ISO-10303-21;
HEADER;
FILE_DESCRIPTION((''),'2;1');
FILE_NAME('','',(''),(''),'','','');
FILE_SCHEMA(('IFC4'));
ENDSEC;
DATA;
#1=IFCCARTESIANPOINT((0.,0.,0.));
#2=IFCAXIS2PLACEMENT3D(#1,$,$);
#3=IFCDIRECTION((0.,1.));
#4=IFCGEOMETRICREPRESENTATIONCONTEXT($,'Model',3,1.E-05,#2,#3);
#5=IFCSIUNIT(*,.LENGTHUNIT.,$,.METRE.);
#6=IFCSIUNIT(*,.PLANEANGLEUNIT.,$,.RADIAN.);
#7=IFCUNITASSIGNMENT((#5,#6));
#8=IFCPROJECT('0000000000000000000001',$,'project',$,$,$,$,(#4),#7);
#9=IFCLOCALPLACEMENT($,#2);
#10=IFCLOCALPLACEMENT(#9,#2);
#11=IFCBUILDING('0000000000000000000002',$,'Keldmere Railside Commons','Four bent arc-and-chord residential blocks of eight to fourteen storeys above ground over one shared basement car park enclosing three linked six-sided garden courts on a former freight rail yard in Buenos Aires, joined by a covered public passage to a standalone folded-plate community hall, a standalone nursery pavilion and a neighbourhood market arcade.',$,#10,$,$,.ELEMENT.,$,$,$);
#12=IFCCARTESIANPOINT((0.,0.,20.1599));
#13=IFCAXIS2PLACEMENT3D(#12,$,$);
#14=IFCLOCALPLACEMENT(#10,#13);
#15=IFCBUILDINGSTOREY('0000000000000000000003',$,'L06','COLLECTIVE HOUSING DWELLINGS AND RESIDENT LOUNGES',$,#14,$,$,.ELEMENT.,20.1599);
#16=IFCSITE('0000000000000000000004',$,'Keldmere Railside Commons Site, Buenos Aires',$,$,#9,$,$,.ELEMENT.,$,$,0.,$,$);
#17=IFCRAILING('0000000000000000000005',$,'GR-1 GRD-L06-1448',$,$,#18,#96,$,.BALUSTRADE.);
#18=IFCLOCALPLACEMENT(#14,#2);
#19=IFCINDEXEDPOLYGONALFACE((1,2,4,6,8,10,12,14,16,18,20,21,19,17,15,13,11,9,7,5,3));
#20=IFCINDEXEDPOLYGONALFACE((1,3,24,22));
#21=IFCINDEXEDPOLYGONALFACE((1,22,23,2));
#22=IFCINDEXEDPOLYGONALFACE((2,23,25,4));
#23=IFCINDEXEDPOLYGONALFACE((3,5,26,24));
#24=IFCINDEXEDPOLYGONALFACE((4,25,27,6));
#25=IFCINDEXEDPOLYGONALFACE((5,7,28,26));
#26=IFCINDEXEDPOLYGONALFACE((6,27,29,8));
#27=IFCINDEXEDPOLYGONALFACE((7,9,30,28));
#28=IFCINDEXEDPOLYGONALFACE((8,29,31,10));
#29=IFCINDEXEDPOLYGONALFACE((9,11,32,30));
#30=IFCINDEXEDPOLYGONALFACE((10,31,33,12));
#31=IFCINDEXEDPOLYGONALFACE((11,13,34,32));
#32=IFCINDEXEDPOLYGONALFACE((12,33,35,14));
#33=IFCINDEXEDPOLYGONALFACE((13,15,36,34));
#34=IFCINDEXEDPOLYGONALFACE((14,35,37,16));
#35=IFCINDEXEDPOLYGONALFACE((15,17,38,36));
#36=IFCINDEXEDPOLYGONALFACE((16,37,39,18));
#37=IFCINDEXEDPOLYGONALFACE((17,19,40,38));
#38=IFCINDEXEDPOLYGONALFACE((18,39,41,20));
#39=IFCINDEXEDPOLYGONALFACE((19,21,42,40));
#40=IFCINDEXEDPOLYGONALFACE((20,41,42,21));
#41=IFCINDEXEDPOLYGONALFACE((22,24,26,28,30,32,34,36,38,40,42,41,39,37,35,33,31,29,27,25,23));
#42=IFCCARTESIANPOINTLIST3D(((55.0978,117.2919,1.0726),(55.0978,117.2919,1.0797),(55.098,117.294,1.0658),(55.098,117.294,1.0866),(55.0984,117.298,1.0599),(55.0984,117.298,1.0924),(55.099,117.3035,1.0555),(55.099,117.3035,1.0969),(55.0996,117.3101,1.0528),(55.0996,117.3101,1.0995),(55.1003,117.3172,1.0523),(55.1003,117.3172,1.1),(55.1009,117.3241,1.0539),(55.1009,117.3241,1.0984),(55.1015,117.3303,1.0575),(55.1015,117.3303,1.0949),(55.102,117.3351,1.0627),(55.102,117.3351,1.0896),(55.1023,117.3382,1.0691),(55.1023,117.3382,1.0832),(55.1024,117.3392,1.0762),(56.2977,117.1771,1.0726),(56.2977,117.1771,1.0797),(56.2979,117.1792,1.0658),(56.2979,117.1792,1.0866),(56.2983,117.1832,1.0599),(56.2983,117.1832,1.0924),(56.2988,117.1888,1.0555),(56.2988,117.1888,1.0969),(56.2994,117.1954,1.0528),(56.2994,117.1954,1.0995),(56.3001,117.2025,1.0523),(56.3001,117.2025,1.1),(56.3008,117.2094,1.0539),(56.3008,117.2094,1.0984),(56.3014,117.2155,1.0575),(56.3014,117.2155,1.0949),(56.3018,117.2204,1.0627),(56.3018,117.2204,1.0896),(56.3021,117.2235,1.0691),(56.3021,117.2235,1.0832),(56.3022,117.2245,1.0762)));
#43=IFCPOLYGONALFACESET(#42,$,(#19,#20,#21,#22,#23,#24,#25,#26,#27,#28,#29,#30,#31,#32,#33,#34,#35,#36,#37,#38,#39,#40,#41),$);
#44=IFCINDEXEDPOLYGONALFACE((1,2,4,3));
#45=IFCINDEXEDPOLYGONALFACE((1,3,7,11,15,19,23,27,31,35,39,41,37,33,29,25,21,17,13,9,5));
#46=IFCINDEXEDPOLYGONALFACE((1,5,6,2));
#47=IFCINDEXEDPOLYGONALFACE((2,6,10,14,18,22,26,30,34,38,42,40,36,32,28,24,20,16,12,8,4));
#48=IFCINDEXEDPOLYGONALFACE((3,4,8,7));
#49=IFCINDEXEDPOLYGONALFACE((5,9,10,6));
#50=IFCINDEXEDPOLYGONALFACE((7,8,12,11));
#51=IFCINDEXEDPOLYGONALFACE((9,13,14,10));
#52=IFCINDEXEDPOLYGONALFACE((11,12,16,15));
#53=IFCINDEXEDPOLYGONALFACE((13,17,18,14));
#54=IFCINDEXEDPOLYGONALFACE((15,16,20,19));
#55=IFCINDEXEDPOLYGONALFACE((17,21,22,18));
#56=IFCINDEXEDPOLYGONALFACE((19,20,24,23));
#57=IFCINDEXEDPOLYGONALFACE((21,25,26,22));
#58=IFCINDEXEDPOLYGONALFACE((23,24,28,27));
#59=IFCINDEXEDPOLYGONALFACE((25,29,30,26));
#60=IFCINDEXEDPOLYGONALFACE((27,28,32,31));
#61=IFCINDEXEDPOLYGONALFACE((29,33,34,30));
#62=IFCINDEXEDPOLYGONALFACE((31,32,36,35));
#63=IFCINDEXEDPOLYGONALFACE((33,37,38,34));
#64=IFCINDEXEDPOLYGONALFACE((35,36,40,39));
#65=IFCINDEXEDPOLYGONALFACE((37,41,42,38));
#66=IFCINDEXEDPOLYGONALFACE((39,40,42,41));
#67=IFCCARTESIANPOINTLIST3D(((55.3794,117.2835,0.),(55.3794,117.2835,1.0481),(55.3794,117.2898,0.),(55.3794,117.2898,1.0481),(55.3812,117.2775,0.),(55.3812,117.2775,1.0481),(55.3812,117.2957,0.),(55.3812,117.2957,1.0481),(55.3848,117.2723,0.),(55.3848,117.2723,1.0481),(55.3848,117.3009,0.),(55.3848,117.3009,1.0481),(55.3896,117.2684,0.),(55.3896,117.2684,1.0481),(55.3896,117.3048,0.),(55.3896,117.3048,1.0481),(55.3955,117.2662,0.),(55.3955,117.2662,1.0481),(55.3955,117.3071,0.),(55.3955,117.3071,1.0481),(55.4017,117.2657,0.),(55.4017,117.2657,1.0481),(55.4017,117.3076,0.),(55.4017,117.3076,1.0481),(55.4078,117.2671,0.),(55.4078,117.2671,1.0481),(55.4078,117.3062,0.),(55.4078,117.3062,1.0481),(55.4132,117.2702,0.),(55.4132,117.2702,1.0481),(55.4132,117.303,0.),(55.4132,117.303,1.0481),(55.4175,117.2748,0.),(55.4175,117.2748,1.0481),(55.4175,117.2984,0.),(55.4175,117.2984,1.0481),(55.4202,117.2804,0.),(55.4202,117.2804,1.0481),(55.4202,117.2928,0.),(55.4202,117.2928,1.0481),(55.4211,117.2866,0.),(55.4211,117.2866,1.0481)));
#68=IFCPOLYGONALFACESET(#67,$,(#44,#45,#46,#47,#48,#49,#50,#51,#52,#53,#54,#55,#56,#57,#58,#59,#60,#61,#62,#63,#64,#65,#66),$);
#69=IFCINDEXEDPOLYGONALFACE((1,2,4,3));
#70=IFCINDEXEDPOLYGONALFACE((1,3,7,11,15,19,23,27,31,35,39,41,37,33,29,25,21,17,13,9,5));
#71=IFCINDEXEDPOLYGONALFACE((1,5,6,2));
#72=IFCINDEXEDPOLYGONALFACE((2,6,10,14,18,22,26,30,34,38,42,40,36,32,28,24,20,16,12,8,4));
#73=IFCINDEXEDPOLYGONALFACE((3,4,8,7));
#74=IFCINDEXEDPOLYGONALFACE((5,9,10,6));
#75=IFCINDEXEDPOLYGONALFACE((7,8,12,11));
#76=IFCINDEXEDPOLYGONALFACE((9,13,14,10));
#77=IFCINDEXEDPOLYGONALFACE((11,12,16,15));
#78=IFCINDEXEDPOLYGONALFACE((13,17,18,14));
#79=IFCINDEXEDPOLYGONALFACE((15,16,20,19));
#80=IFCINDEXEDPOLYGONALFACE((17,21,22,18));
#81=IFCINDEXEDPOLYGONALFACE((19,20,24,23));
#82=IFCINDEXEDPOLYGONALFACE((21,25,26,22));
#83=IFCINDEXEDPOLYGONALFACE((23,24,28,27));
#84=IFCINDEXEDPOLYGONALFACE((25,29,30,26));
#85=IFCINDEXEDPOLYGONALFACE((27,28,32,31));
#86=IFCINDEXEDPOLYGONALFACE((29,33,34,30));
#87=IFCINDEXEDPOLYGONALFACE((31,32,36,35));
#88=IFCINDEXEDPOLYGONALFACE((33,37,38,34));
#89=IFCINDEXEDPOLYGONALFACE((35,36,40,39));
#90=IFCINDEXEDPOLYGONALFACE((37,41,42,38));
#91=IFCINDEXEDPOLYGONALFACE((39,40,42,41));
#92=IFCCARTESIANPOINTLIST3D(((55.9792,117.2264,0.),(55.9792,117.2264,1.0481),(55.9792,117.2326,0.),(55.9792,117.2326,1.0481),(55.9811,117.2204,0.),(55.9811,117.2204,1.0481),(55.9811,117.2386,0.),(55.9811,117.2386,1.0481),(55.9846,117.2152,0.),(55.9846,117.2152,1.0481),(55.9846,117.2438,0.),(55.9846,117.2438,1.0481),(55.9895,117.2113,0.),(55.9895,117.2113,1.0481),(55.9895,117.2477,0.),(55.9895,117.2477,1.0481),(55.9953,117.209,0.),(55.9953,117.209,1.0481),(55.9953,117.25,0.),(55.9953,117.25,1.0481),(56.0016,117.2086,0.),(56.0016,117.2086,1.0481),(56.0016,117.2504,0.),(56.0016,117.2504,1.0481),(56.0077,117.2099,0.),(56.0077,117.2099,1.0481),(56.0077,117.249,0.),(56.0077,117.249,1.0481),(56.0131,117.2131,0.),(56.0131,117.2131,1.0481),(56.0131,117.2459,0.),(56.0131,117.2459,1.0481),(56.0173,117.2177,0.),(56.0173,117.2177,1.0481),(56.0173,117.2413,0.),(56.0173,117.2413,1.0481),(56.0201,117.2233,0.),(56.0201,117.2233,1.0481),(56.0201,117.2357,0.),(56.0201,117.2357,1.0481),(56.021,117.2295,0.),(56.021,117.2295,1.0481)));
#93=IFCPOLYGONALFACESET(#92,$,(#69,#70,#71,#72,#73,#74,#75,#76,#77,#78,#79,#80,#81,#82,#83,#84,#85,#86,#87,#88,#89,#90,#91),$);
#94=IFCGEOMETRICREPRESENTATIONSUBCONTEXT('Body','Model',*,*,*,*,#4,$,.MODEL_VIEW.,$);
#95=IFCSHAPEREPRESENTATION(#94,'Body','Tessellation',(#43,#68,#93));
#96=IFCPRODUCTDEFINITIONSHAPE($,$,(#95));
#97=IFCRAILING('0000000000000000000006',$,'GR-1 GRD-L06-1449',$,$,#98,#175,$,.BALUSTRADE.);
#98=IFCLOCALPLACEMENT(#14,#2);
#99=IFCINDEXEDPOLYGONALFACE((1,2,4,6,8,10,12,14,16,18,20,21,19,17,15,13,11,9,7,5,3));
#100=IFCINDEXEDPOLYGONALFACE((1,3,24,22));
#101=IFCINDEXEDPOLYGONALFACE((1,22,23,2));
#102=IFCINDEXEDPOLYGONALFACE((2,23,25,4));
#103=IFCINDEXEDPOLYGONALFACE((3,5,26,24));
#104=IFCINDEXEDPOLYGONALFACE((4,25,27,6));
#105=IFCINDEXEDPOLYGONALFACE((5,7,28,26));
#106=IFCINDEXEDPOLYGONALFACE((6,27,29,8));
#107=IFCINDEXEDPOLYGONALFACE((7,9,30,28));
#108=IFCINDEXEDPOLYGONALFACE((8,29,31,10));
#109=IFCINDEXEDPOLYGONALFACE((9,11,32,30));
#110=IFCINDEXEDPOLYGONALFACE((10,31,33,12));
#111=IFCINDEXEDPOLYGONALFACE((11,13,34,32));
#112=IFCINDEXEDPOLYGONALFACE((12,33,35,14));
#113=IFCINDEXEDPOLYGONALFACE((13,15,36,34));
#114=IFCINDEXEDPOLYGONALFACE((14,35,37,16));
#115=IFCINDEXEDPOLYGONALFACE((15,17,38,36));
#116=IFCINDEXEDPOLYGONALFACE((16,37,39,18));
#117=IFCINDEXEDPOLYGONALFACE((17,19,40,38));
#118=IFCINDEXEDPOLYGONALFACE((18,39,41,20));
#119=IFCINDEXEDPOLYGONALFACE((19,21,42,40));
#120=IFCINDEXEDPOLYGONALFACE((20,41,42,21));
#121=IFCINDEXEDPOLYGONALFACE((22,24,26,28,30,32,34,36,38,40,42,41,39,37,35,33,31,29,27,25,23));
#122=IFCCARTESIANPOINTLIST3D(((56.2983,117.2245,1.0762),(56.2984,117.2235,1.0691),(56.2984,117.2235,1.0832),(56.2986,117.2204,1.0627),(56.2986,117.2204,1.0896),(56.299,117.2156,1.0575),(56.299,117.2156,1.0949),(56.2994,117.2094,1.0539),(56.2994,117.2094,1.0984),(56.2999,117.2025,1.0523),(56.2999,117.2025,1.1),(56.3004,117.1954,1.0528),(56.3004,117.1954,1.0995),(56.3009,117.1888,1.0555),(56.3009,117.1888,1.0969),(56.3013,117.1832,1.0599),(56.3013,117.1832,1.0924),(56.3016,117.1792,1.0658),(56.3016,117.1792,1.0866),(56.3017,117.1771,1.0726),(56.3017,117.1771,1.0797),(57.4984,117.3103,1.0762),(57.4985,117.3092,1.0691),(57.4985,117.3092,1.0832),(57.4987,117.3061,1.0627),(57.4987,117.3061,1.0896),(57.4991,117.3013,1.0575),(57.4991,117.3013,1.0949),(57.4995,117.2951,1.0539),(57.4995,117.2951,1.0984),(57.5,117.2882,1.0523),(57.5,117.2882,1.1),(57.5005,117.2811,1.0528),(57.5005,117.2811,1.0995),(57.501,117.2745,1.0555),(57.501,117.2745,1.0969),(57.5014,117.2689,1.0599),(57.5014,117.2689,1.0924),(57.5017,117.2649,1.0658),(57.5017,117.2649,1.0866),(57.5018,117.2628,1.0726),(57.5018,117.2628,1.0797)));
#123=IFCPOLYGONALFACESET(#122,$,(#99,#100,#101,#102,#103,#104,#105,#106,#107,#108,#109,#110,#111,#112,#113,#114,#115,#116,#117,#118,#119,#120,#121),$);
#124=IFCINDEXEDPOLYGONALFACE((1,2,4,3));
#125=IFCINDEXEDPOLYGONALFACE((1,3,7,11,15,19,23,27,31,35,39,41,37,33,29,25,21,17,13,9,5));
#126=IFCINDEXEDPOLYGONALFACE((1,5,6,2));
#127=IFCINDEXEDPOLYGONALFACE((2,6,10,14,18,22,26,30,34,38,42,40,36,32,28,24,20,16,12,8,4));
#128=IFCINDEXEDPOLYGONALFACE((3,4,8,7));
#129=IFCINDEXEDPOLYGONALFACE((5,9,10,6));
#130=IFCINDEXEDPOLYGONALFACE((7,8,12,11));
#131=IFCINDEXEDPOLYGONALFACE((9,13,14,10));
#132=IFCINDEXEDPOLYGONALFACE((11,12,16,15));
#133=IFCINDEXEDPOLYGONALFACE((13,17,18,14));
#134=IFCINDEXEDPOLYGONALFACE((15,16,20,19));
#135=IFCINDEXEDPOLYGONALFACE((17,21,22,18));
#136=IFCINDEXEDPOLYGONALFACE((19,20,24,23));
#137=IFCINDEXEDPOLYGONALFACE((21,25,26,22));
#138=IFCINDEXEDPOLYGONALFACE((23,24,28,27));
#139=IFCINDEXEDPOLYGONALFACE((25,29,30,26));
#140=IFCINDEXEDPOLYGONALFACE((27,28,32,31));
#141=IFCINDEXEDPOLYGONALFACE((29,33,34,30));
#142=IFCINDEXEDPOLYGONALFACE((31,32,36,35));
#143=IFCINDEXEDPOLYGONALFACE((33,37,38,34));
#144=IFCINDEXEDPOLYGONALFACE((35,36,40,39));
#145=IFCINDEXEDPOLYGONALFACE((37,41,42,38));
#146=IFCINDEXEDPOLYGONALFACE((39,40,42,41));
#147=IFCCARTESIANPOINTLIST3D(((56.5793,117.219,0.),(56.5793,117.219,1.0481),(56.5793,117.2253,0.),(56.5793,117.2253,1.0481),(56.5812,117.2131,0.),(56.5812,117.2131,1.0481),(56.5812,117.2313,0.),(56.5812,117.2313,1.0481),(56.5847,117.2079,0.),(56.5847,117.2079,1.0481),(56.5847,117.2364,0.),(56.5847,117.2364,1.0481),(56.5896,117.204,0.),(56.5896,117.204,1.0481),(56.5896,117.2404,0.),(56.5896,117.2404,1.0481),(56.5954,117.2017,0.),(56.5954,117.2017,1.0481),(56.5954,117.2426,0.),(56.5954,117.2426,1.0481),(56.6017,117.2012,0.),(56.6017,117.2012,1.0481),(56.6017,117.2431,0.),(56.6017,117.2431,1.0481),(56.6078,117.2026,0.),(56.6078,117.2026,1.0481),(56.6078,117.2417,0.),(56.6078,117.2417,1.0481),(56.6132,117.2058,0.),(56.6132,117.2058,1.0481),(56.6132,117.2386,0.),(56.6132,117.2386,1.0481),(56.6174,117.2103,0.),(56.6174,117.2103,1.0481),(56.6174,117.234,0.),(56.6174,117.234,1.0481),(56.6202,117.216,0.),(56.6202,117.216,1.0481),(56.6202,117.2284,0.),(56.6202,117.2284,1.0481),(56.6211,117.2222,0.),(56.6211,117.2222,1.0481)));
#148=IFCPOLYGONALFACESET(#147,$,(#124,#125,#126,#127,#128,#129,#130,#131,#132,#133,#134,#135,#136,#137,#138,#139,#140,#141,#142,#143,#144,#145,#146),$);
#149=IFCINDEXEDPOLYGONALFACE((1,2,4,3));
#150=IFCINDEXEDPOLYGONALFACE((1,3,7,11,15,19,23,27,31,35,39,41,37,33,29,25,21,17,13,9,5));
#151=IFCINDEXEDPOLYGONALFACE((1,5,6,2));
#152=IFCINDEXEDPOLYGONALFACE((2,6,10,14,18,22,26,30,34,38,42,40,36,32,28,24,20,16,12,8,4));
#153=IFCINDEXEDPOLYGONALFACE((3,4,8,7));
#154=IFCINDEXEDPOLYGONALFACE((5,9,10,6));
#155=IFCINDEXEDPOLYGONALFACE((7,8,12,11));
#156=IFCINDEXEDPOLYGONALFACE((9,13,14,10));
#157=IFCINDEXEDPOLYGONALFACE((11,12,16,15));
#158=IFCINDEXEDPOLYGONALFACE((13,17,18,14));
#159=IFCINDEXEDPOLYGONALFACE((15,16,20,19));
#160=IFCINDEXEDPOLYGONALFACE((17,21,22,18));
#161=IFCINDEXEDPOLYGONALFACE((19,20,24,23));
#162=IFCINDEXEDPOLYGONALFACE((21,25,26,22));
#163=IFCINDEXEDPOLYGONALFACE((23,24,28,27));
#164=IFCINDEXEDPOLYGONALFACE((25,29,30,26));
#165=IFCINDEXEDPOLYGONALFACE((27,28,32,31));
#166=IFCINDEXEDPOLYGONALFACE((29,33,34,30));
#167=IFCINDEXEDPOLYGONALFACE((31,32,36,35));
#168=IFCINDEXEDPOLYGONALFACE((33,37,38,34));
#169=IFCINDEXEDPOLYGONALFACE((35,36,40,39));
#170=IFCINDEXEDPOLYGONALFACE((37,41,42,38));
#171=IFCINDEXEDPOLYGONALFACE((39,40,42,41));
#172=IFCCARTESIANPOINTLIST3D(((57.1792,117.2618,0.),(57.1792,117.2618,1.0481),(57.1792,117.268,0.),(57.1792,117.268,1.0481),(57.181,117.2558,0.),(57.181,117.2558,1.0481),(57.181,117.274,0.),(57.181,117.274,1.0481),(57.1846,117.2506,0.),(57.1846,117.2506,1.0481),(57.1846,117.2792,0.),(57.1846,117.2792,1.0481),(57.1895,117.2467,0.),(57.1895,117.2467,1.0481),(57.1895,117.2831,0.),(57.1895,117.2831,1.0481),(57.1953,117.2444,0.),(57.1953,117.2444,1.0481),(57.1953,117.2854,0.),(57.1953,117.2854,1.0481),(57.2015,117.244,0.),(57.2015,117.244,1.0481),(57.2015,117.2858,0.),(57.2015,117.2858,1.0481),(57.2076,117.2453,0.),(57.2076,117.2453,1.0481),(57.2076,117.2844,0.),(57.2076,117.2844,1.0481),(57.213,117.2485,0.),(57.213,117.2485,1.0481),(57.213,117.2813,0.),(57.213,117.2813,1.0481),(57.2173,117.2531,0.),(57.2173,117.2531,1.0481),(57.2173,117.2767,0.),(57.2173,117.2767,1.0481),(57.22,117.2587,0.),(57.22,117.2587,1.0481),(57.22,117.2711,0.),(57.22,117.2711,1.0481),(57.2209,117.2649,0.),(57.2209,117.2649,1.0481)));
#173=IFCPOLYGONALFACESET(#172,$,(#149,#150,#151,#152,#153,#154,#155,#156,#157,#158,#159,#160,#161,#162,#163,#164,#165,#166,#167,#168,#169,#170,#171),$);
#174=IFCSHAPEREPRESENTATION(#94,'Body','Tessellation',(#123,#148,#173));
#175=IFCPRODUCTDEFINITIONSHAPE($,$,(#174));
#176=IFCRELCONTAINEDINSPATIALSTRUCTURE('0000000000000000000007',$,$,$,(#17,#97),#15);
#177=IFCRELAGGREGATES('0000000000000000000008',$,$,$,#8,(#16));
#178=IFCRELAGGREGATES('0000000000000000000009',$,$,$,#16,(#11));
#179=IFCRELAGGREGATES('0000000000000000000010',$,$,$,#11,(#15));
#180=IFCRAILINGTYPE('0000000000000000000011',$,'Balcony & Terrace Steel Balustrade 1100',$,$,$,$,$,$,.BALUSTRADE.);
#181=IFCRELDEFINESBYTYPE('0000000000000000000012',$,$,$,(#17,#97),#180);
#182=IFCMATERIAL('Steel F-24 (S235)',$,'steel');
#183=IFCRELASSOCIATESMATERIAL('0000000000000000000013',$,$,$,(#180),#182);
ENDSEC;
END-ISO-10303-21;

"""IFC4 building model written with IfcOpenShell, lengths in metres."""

from ifc_helpers import new_model, si_unit, direction, frame, origin, origin_2d, place, context, subcontext, project, spatial, circle, extrude, material, type_object, element, save


model = new_model("IFC4")

# Units and contexts
model_context = context("Model", 3, precision=1e-05, world=origin(), true_north=direction((0.0, 1.0)))
body_context = subcontext(model_context, "Body", "Model", "MODEL_VIEW")
ifc_project = project(units=[si_unit("LENGTHUNIT", "METRE"), si_unit("PLANEANGLEUNIT", "RADIAN")], contexts=[model_context])

# Site, building, storey
site_placement = place(None, origin())
site = spatial("IfcSite", under=ifc_project, at=site_placement, Name="Keldmere Railside Commons Site, Buenos Aires", CompositionType="ELEMENT", RefElevation=0.0)
building_placement = place(site_placement, origin())
building = spatial("IfcBuilding", under=site, at=building_placement, Name="Keldmere Railside Commons", Description="Four bent arc-and-chord residential blocks of eight to fourteen storeys above ground over one shared basement car park enclosing three linked six-sided garden courts on a former freight rail yard in Buenos Aires, joined by a covered public passage to a standalone folded-plate community hall, a standalone nursery pavilion and a neighbourhood market arcade.", CompositionType="ELEMENT")
storey_placement = place(building_placement, frame((0.0, 0.0, 20.1599)))
storey = spatial("IfcBuildingStorey", under=building, at=storey_placement, Name="L06", Description="COLLECTIVE HOUSING DWELLINGS AND RESIDENT LOUNGES", CompositionType="ELEMENT", Elevation=20.1599)

# Railings
ifc_material_1 = material(Name="Steel F-24 (S235)", Category="steel")
railing_type = type_object("IfcRailingType", Name="Balcony & Terrace Steel Balustrade 1100", PredefinedType="BALUSTRADE", material=ifc_material_1)
railing_1_placement = place(storey_placement, frame((55.1001, 117.3154, 0.0)))
element("IfcRailing", 1, at=railing_1_placement, inside=storey, type_object=railing_type, Name="GR-1 GRD-L06-1448", PredefinedType="BALUSTRADE", context=body_context, shape_type="SweptSolid", body=[
    extrude(circle(Radius=0.0239, at=origin_2d()), frame((0.0, 0.0, 1.0762), z_axis=(0.995459, -0.095191, 0.0), x_axis=(0.095191, 0.995459, 0.0)), (0.0, 0.0, 1.0), 1.2053),
    extrude(circle(Radius=0.021, at=origin_2d()), frame((0.3, -0.0288, 0.0)), (0.0, 0.0, 1.0), 1.0481),
    extrude(circle(Radius=0.021, at=origin_2d()), frame((0.8999, -0.0859, 0.0)), (0.0, 0.0, 1.0), 1.0481),
])
railing_2_placement = place(storey_placement, frame((56.3, 117.2007, 0.0)))
element("IfcRailing", 2, at=railing_2_placement, inside=storey, type_object=railing_type, Name="GR-1 GRD-L06-1449", PredefinedType="BALUSTRADE", context=body_context, shape_type="SweptSolid", body=[
    extrude(circle(Radius=0.0239, at=origin_2d()), frame((0.0, 0.0, 1.0762), z_axis=(0.99746, 0.071233, 0.0), x_axis=(-0.071233, 0.99746, 0.0)), (0.0, 0.0, 1.0), 1.2031),
    extrude(circle(Radius=0.021, at=origin_2d()), frame((0.3, 0.0215, 0.0)), (0.0, 0.0, 1.0), 1.0481),
    extrude(circle(Radius=0.021, at=origin_2d()), frame((0.8999, 0.0642, 0.0)), (0.0, 0.0, 1.0), 1.0481),
])

save(model, "model.ifc")
